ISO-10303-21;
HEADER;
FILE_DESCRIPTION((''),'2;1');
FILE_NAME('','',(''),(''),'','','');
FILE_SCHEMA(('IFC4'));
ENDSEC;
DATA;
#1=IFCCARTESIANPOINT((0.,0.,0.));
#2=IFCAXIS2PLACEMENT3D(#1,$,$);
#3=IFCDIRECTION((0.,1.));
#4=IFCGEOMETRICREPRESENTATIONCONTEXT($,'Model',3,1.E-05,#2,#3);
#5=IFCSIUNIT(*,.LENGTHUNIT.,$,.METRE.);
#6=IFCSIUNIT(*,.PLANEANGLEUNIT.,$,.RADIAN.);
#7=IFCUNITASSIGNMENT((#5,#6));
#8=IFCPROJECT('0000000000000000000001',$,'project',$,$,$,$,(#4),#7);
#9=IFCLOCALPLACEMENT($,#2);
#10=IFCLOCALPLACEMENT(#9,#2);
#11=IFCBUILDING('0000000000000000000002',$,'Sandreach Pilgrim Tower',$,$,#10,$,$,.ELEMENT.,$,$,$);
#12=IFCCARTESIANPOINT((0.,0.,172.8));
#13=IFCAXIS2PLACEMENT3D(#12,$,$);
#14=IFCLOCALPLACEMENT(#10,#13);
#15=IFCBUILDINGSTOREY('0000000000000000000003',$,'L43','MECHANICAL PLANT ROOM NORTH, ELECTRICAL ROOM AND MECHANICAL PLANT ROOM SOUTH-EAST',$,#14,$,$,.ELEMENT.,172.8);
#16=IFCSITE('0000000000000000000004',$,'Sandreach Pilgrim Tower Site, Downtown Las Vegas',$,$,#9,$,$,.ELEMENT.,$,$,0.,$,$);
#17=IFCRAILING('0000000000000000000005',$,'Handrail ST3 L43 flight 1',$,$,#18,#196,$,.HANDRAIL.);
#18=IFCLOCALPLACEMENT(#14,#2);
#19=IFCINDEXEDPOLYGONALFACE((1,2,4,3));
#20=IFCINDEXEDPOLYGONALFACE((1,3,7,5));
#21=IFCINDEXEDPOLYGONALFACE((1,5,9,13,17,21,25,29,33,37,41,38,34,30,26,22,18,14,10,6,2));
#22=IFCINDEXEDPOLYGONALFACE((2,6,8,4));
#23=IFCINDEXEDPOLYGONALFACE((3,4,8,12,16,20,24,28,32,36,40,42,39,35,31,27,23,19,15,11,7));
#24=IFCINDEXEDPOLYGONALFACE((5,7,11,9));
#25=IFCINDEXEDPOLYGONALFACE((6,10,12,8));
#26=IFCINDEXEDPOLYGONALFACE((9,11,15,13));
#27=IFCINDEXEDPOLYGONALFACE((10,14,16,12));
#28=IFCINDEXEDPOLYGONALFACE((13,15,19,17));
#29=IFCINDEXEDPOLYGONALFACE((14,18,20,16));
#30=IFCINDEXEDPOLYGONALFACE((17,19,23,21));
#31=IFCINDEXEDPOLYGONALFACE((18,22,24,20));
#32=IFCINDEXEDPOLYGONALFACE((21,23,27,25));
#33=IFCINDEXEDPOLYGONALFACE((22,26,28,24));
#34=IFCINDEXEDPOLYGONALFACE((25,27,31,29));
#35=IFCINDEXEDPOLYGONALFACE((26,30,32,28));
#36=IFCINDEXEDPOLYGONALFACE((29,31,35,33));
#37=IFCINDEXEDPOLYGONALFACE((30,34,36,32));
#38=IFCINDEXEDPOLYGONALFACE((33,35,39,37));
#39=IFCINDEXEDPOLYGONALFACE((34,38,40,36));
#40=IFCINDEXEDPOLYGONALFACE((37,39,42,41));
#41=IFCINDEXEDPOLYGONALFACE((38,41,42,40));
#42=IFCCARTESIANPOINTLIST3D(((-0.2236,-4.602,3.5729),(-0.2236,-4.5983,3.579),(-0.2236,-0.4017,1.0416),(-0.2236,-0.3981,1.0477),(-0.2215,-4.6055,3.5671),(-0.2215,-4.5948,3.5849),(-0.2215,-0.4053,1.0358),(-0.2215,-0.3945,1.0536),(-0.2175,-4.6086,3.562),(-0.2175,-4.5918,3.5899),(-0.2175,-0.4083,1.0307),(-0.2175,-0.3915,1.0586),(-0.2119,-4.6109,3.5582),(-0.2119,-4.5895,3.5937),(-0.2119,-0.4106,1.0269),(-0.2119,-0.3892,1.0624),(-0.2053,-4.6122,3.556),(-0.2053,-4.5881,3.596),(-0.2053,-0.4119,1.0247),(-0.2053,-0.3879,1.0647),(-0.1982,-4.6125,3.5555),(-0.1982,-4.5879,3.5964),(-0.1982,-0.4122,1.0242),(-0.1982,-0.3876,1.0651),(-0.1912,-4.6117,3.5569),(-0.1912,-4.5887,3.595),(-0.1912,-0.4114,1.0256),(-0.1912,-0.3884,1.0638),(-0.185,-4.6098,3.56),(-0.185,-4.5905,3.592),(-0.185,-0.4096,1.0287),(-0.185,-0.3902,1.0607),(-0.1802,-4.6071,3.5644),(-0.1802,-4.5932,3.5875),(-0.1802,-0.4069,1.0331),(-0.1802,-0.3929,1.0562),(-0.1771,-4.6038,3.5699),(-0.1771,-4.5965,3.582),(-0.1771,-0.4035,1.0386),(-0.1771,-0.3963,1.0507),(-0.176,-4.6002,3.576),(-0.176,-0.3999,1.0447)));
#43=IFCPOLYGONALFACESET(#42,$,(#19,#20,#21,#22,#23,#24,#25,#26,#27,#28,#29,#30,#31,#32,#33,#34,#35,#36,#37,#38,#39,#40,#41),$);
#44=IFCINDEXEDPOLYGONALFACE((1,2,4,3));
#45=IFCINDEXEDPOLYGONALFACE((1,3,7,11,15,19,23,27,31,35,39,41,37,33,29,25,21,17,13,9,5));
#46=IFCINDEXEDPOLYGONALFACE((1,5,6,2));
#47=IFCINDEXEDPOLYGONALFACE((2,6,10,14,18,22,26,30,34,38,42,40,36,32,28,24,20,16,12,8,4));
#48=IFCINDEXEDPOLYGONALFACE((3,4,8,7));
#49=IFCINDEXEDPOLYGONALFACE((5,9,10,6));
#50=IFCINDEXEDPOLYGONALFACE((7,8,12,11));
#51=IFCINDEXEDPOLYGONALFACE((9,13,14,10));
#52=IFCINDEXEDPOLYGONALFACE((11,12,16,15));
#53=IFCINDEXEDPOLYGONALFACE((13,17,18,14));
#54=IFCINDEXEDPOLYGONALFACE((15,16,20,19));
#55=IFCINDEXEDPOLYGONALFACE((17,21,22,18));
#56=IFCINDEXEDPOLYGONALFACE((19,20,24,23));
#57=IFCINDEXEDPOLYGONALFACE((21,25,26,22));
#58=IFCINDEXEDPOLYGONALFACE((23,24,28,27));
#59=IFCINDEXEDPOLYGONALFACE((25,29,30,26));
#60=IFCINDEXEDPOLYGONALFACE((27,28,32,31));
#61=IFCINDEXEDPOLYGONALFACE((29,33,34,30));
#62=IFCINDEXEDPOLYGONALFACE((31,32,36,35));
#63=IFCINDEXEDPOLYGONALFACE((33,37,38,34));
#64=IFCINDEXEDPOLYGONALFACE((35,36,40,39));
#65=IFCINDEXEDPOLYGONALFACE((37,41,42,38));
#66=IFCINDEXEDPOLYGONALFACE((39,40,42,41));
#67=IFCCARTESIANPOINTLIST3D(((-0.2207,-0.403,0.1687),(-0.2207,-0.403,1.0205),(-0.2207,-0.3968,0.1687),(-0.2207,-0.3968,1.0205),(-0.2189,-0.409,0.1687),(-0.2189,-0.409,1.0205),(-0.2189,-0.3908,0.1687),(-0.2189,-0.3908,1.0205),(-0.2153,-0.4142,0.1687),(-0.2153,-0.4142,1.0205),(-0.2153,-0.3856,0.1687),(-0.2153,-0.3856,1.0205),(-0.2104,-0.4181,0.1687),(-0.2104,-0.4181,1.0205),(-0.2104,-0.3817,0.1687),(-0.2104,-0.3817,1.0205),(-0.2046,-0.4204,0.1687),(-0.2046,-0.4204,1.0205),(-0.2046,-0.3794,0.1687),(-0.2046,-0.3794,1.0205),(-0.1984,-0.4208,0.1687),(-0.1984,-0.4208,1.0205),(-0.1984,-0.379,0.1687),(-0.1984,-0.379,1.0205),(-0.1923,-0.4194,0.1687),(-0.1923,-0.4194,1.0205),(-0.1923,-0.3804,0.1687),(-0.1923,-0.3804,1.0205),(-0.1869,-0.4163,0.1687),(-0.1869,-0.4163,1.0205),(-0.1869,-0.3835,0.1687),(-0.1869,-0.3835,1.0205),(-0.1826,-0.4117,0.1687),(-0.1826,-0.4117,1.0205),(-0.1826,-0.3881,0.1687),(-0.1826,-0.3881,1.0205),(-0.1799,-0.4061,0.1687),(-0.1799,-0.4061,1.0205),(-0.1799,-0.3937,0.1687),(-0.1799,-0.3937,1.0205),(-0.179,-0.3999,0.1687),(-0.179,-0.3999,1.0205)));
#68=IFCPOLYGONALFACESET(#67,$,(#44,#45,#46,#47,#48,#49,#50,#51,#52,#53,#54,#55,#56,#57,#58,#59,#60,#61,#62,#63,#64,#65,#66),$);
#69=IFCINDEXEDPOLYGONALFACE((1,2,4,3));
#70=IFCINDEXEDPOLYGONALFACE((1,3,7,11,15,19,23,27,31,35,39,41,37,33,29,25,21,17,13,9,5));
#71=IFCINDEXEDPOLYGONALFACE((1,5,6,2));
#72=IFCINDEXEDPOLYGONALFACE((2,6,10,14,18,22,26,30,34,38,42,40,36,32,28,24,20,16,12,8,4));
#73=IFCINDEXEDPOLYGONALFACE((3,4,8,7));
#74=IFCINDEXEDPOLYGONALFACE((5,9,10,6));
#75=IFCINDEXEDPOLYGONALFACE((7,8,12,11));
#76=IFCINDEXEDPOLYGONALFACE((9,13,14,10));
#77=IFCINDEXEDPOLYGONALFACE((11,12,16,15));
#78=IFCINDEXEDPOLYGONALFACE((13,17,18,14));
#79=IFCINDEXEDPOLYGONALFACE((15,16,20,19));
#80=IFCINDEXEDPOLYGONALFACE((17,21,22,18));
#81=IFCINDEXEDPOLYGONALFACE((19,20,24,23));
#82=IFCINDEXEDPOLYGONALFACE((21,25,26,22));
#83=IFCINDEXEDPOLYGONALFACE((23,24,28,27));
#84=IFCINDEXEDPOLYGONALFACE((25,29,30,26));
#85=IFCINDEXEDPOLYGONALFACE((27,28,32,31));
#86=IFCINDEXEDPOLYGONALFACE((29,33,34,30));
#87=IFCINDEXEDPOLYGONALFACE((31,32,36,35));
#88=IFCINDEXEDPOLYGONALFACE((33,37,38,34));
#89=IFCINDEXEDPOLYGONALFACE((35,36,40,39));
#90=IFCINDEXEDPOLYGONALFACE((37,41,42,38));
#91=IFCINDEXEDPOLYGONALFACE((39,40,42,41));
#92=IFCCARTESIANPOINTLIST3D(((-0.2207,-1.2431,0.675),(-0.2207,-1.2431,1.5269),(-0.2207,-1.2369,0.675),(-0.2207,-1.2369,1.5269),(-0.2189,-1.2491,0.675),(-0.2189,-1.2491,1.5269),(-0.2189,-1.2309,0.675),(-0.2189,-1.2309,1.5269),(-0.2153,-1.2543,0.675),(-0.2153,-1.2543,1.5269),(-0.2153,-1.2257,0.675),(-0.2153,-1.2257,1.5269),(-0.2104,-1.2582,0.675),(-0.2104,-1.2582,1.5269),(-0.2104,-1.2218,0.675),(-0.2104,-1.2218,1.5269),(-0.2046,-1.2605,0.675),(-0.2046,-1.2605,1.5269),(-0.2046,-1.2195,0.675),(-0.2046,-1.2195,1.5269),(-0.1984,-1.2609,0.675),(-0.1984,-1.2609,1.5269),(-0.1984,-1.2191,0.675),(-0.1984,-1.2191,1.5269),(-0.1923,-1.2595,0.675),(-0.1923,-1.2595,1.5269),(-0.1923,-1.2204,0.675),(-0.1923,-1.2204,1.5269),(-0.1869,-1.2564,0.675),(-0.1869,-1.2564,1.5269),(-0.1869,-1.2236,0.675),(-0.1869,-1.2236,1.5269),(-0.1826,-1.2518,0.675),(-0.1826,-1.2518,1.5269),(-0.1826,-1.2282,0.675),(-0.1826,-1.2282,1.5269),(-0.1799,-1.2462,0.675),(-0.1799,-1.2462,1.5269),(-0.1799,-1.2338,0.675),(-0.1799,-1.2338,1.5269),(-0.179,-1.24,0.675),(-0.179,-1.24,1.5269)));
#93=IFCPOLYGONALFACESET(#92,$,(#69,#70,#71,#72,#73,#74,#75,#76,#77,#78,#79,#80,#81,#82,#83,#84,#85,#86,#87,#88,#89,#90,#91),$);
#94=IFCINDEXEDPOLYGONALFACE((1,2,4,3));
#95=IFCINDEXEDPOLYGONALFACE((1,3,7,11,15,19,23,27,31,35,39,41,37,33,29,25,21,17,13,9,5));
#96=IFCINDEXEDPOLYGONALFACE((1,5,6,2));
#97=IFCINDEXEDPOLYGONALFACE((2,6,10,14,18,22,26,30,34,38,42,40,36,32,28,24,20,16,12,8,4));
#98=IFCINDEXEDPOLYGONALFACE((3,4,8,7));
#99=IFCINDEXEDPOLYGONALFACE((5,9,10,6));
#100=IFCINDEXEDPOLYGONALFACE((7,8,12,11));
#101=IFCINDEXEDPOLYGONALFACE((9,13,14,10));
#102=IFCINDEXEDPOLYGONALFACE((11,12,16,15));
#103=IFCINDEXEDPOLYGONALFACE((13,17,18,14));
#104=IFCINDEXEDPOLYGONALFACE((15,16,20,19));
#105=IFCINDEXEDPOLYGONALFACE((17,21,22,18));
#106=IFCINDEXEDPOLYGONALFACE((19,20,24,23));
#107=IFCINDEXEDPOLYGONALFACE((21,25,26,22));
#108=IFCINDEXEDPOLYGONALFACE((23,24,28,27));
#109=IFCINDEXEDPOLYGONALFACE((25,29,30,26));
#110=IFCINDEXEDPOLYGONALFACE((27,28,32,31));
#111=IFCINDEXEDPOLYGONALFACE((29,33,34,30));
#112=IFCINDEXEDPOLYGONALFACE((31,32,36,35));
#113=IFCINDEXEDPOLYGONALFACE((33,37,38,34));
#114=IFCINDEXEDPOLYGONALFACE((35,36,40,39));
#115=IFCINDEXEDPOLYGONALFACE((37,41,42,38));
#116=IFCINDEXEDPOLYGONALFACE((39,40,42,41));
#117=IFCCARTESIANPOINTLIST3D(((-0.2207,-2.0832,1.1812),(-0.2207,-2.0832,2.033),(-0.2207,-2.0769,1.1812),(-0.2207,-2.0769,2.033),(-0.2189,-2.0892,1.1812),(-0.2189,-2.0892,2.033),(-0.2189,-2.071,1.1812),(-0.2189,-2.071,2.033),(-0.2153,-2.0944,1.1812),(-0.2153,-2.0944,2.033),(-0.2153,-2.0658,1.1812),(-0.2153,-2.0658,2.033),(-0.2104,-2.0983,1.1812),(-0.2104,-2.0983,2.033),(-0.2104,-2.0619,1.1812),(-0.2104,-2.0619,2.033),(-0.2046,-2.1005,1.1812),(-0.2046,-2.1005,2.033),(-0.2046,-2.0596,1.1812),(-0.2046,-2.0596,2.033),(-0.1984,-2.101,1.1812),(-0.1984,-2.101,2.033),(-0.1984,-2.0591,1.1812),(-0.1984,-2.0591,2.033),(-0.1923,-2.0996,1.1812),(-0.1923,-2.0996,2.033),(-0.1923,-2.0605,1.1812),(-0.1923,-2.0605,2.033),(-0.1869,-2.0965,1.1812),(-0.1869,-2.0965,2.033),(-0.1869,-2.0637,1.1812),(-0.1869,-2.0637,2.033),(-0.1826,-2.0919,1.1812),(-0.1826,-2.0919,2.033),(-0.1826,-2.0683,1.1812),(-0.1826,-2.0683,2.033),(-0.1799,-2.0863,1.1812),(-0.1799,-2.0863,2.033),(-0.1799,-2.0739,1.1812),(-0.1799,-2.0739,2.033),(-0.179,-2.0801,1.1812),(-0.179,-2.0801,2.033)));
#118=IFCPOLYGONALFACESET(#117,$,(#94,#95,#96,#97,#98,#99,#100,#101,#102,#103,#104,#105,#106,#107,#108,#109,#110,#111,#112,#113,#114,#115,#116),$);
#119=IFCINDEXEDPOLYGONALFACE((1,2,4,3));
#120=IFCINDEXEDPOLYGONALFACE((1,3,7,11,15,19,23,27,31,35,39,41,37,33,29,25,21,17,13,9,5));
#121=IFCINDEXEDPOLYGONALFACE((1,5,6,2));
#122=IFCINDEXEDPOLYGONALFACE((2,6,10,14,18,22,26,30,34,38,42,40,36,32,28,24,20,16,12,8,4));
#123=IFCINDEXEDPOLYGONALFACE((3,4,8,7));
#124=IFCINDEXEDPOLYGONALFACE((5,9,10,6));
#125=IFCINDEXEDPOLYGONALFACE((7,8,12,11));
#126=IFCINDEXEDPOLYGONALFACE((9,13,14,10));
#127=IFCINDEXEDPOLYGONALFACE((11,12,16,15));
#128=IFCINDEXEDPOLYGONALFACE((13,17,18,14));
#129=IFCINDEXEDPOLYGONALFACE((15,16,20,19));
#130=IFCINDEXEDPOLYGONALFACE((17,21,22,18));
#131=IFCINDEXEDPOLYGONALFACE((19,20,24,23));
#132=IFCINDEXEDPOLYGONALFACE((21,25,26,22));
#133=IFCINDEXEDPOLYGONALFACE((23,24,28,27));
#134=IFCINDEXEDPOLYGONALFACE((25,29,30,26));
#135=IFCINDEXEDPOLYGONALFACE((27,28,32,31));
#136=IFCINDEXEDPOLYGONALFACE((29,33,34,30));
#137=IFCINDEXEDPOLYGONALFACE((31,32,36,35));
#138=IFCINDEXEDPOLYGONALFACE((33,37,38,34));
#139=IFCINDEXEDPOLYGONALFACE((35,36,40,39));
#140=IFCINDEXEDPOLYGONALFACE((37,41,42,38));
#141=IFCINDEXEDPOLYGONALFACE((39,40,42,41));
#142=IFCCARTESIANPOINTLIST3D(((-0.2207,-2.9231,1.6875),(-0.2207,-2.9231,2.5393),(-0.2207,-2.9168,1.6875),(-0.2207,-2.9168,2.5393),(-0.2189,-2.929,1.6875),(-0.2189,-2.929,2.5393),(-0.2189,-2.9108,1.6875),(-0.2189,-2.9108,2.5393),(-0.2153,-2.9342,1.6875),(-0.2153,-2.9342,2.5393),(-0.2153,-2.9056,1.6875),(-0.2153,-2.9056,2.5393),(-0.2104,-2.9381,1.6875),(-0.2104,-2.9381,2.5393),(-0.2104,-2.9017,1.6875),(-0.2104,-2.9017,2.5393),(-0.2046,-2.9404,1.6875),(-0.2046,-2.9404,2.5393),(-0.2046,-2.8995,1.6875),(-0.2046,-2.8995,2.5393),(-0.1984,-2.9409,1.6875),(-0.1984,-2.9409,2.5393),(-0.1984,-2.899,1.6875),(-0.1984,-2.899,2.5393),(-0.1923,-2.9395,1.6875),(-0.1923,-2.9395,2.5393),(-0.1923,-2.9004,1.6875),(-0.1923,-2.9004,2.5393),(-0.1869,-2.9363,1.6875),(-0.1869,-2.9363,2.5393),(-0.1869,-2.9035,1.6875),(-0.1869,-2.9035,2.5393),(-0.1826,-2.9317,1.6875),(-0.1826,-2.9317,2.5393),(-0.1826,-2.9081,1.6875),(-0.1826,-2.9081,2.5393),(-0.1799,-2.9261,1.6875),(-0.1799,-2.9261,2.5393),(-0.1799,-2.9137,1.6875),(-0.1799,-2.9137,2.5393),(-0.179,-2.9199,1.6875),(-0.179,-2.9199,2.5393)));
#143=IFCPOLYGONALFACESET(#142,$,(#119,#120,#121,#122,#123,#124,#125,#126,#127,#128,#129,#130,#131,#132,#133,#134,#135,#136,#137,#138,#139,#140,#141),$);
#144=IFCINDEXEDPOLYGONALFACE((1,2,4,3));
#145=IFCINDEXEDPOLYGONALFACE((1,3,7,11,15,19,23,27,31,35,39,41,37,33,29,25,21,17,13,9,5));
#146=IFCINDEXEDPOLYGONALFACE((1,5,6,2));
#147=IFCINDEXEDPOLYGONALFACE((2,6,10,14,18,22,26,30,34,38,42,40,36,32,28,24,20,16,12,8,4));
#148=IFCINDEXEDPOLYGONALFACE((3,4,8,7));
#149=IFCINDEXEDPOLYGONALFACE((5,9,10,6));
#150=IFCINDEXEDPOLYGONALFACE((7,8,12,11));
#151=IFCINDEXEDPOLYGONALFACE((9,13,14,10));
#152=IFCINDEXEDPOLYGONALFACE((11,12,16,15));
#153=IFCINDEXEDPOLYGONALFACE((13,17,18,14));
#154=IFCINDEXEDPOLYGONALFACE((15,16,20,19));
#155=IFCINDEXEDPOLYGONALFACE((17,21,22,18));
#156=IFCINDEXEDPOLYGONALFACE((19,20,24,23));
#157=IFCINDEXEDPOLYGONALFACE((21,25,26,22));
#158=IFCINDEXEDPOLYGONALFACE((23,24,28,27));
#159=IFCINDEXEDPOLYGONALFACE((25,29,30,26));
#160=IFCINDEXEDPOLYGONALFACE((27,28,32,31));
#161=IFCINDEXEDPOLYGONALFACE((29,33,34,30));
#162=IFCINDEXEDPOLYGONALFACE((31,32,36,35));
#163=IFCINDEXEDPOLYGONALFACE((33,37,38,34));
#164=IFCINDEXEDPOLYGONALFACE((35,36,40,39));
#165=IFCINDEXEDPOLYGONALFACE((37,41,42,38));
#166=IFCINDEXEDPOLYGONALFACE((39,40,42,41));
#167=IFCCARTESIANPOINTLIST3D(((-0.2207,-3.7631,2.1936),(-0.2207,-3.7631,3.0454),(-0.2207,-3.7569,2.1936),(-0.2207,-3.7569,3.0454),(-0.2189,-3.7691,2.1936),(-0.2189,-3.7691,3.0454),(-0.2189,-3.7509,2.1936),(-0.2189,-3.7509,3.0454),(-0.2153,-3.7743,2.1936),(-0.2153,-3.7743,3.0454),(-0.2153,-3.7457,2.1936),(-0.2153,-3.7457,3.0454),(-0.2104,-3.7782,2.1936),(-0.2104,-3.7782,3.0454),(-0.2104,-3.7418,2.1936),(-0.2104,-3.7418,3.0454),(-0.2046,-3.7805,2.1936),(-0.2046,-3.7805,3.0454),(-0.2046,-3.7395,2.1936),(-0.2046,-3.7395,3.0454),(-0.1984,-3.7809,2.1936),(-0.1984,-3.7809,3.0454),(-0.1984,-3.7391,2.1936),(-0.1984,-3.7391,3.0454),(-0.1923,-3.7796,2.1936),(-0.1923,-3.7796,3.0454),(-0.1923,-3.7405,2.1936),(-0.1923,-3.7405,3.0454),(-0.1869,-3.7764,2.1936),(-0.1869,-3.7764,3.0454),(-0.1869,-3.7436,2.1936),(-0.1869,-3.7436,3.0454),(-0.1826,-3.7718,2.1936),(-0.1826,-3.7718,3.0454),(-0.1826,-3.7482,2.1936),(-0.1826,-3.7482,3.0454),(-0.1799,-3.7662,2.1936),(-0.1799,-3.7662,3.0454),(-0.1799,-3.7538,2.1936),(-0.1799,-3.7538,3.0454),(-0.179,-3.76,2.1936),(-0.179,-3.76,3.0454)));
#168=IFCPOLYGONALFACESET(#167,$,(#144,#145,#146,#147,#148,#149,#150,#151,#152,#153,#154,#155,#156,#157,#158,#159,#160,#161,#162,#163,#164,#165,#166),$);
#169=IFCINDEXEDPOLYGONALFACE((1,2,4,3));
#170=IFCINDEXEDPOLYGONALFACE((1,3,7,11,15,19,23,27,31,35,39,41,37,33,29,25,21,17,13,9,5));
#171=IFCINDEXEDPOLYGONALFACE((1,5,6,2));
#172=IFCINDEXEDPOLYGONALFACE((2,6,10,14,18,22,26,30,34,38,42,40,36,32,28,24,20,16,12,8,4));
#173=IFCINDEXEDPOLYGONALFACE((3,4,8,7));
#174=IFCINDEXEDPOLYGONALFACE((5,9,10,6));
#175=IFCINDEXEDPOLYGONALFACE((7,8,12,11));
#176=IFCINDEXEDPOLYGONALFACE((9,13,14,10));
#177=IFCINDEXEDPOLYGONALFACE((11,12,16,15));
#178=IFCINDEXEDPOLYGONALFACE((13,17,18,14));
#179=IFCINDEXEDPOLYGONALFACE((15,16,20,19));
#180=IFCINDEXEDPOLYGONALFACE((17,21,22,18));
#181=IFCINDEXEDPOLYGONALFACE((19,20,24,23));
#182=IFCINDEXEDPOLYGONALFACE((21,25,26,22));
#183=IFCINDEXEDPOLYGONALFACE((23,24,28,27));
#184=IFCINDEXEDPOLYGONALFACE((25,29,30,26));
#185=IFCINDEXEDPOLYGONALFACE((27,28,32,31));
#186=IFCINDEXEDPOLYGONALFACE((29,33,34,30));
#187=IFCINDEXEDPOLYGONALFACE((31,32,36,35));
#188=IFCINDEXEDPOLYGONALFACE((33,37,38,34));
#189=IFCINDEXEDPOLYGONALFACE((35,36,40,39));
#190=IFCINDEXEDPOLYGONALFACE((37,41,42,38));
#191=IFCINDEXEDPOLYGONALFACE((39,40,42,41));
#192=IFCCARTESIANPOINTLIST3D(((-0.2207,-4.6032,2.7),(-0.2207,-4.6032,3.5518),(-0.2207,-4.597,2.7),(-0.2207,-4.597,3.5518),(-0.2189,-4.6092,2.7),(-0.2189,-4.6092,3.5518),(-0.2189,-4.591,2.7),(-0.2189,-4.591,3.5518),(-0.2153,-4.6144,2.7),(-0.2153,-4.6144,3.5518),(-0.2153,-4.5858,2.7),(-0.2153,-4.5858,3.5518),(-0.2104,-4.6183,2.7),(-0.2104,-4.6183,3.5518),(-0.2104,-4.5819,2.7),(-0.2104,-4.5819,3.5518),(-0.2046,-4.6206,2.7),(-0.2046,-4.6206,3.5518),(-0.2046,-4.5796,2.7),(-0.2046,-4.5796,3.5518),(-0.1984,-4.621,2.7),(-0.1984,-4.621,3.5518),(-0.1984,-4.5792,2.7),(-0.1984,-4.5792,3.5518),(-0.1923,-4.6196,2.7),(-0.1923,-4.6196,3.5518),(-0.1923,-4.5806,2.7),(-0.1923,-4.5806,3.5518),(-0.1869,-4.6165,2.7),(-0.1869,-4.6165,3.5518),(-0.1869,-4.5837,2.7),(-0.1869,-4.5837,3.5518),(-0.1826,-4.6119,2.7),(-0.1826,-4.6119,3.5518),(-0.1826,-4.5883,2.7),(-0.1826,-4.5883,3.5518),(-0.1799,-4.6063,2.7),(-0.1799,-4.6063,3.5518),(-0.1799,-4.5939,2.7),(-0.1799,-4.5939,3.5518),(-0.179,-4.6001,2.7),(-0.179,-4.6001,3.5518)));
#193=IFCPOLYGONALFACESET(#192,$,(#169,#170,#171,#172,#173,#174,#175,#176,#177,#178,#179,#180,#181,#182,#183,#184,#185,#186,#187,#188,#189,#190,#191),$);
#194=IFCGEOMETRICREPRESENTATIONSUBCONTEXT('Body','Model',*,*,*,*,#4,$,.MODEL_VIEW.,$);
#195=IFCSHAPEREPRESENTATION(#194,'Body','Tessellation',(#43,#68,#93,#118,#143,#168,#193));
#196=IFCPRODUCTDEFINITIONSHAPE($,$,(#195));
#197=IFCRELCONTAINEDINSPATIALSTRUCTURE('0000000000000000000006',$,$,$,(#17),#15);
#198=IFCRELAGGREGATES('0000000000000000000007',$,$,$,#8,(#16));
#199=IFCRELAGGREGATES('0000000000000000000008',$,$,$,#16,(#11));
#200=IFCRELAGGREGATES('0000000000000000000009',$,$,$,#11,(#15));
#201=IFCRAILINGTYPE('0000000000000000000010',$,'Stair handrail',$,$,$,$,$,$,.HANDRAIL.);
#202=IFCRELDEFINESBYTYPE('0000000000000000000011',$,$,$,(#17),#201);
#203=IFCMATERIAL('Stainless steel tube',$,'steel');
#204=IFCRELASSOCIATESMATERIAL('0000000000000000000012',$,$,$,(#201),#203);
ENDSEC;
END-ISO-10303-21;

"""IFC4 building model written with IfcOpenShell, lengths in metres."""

from ifc_helpers import new_model, si_unit, direction, frame, origin, origin_2d, place, context, subcontext, project, spatial, circle, extrude, material, type_object, element, save


model = new_model("IFC4")

# Units and contexts
model_context = context("Model", 3, precision=1e-05, world=origin(), true_north=direction((0.0, 1.0)))
body_context = subcontext(model_context, "Body", "Model", "MODEL_VIEW")
ifc_project = project(units=[si_unit("LENGTHUNIT", "METRE"), si_unit("PLANEANGLEUNIT", "RADIAN")], contexts=[model_context])

# Site, building, storey
site_placement = place(None, origin())
site = spatial("IfcSite", under=ifc_project, at=site_placement, Name="Sandreach Pilgrim Tower Site, Downtown Las Vegas", CompositionType="ELEMENT", RefElevation=0.0)
building_placement = place(site_placement, origin())
building = spatial("IfcBuilding", under=site, at=building_placement, Name="Sandreach Pilgrim Tower", CompositionType="ELEMENT")
storey_placement = place(building_placement, frame((0.0, 0.0, 172.8)))
storey = spatial("IfcBuildingStorey", under=building, at=storey_placement, Name="L43", Description="MECHANICAL PLANT ROOM NORTH, ELECTRICAL ROOM AND MECHANICAL PLANT ROOM SOUTH-EAST", CompositionType="ELEMENT", Elevation=172.8)

# Railing
ifc_material_1 = material(Name="Stainless steel tube", Category="steel")
railing_type = type_object("IfcRailingType", Name="Stair handrail", PredefinedType="HANDRAIL", material=ifc_material_1)
for number, where, name in (
    (1, (-0.2, -0.3999, 0.1687), "Handrail ST3 L43 flight 1"),
):
    element("IfcRailing", number, at=place(storey_placement, frame(where)), inside=storey, type_object=railing_type, Name=name, PredefinedType="HANDRAIL", context=body_context, shape_type="SweptSolid", body=[
        extrude(circle(Radius=0.0239, at=origin_2d()), frame((0.0, 0.0, 0.876), z_axis=(0.0, -0.85649, 0.516164), x_axis=(1.0, 0.0, 0.0)), (0.0, 0.0, 1.0), 4.9041),
        extrude(circle(Radius=0.021, at=origin_2d()), origin(), (0.0, 0.0, 1.0), 0.8518),
        extrude(circle(Radius=0.021, at=origin_2d()), frame((0.0, -0.8401, 0.5063)), (0.0, 0.0, 1.0), 0.8518),
        extrude(circle(Radius=0.021, at=origin_2d()), frame((0.0, -1.6802, 1.0125)), (0.0, 0.0, 1.0), 0.8518),
        extrude(circle(Radius=0.021, at=origin_2d()), frame((0.0, -2.52, 1.5188)), (0.0, 0.0, 1.0), 0.8518),
        extrude(circle(Radius=0.021, at=origin_2d()), frame((0.0, -3.3601, 2.0249)), (0.0, 0.0, 1.0), 0.8518),
        extrude(circle(Radius=0.021, at=origin_2d()), frame((0.0, -4.2002, 2.5312)), (0.0, 0.0, 1.0), 0.8518),
    ])

save(model, "model.ifc")
